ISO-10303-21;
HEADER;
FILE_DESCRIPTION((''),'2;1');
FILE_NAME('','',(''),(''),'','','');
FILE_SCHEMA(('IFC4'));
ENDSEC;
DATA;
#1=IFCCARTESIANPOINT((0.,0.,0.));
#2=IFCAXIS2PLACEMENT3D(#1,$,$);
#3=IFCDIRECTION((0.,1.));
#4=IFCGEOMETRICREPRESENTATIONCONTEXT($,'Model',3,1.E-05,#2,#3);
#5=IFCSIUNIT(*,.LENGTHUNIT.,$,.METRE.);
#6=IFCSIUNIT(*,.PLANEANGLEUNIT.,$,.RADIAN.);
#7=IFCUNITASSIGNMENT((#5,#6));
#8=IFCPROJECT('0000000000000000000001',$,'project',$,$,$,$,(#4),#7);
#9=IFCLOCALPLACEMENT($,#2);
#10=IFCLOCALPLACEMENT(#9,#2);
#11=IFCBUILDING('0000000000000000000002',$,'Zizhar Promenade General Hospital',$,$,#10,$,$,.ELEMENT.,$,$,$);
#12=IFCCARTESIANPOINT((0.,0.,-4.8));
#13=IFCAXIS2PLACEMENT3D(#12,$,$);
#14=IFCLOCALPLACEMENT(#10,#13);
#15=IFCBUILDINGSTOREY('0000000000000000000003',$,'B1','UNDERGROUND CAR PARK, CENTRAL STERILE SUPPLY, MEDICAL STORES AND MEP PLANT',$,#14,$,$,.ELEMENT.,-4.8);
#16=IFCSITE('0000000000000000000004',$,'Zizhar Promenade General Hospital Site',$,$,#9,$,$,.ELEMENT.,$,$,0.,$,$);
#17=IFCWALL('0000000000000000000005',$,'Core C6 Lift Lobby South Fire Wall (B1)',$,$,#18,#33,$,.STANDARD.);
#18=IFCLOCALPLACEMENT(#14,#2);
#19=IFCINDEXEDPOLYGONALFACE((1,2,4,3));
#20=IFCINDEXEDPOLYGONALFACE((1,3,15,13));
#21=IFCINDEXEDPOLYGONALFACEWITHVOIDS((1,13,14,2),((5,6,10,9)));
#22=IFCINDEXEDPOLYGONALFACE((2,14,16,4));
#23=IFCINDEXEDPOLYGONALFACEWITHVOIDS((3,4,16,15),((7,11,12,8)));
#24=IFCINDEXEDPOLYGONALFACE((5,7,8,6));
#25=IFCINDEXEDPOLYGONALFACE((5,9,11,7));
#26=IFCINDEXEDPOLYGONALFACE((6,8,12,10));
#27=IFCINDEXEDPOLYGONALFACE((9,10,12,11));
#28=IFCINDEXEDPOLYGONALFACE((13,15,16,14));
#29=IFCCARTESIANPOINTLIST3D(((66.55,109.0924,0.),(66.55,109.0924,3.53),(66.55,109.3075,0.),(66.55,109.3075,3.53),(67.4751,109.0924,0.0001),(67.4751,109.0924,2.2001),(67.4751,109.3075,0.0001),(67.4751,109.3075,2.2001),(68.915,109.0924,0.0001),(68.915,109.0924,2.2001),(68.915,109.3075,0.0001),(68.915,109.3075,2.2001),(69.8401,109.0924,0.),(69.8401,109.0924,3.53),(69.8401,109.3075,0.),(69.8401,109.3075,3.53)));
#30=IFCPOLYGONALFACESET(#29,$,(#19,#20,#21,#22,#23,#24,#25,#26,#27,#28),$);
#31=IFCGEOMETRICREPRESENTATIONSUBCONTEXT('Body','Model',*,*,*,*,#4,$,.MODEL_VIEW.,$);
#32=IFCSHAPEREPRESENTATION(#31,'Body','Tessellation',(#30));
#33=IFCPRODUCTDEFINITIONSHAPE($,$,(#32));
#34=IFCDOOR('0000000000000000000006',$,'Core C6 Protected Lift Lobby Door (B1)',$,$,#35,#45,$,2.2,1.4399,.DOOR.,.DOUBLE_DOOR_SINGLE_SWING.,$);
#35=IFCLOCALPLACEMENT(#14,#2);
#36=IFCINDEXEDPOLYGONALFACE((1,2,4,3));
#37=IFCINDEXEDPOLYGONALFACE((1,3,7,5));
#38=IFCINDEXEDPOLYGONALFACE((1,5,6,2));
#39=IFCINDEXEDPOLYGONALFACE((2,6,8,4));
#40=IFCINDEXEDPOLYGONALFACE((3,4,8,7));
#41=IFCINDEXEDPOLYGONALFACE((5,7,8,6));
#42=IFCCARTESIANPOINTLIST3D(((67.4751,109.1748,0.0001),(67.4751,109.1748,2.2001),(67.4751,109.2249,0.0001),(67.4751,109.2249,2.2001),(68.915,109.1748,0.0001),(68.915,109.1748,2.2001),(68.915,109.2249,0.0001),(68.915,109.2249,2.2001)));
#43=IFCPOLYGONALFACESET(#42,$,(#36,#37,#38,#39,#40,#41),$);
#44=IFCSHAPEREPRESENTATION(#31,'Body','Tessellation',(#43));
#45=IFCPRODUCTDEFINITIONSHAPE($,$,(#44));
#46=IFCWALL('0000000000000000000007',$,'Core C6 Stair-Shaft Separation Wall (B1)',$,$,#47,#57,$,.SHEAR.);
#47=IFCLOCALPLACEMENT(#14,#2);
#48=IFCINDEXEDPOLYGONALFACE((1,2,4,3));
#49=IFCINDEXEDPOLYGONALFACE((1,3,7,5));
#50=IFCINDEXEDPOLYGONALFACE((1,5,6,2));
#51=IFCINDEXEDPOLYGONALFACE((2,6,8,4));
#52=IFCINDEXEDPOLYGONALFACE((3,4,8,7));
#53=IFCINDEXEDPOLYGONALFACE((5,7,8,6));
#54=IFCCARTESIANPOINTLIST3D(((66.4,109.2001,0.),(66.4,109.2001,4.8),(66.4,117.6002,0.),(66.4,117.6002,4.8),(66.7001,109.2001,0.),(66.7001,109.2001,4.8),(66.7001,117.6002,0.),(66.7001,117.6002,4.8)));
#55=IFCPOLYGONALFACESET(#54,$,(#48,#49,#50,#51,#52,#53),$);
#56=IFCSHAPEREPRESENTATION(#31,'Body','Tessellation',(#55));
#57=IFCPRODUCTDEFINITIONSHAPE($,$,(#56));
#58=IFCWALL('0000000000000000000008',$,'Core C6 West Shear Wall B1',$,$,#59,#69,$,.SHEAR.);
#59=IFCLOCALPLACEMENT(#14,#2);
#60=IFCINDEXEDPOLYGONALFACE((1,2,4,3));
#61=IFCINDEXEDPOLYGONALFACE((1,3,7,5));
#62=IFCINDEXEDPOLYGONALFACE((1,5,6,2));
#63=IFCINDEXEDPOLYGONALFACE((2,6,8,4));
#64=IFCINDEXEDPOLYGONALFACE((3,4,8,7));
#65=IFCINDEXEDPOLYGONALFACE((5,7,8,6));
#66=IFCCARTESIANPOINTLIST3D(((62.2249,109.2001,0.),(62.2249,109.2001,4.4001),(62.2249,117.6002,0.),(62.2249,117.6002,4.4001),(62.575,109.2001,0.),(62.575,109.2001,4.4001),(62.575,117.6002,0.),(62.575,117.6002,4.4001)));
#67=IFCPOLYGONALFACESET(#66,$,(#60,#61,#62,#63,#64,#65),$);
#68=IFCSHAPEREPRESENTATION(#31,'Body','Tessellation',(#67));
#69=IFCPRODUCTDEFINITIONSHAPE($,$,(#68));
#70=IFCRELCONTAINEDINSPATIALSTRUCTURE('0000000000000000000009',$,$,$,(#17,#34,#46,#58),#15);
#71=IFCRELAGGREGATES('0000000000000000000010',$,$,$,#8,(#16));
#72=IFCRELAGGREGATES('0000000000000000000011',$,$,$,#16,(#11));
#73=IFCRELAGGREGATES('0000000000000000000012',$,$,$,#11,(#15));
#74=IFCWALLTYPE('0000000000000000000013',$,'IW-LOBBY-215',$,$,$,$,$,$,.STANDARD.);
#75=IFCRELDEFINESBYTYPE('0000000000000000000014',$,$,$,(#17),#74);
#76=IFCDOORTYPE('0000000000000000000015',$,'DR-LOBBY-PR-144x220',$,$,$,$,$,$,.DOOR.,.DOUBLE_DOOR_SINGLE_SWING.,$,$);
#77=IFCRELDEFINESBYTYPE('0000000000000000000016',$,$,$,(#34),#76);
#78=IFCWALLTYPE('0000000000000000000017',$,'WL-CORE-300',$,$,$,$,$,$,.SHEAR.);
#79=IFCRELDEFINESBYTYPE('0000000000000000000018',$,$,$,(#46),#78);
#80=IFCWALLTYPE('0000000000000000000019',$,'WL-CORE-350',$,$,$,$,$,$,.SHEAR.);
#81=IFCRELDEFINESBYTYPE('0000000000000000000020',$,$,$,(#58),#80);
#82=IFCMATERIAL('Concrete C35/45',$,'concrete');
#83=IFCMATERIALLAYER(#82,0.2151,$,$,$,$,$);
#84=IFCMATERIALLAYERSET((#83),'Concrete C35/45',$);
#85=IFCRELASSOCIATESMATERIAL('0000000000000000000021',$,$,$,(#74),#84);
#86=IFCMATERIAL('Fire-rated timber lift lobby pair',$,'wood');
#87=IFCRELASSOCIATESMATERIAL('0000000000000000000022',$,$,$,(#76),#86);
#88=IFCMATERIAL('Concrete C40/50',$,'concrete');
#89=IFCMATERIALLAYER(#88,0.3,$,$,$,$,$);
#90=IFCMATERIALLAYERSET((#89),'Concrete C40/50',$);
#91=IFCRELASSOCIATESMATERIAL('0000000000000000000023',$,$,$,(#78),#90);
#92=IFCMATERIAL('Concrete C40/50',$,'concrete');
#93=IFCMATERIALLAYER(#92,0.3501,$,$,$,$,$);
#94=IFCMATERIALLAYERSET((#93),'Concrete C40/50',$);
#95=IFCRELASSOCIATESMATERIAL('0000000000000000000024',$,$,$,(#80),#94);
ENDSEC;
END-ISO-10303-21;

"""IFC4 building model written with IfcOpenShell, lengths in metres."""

from ifc_helpers import new_model, si_unit, direction, frame, frame_2d, origin, place, context, subcontext, project, spatial, rectangle, extrude, material, layer, layer_set, type_object, element, fill, save


model = new_model("IFC4")

# Units and contexts
model_context = context("Model", 3, precision=1e-05, world=origin(), true_north=direction((0.0, 1.0)))
body_context = subcontext(model_context, "Body", "Model", "MODEL_VIEW")
ifc_project = project(units=[si_unit("LENGTHUNIT", "METRE"), si_unit("PLANEANGLEUNIT", "RADIAN")], contexts=[model_context])

# Site, building, storey
site_placement = place(None, origin())
site = spatial("IfcSite", under=ifc_project, at=site_placement, Name="Zizhar Promenade General Hospital Site", CompositionType="ELEMENT", RefElevation=0.0)
building_placement = place(site_placement, origin())
building = spatial("IfcBuilding", under=site, at=building_placement, Name="Zizhar Promenade General Hospital", CompositionType="ELEMENT")
storey_placement = place(building_placement, frame((0.0, 0.0, -4.8)))
storey = spatial("IfcBuildingStorey", under=building, at=storey_placement, Name="B1", Description="UNDERGROUND CAR PARK, CENTRAL STERILE SUPPLY, MEDICAL STORES AND MEP PLANT", CompositionType="ELEMENT", Elevation=-4.8)

# Wall, opening, door
ifc_material_1 = material(Name="Concrete C35/45", Category="concrete")
ifc_layer_1 = layer(ifc_material_1, 0.2151)
ifc_layer_set_1 = layer_set([ifc_layer_1], Name="Concrete C35/45")
wall_type_1 = type_object("IfcWallType", Name="IW-LOBBY-215", PredefinedType="STANDARD", material=ifc_layer_set_1)
wall_1_placement = place(storey_placement, frame((66.55, 109.2, 0.0), z_axis=(0.0, 0.0, 1.0), x_axis=(1.0, 0.0, 0.0)))
wall_1 = element("IfcWall", 1, at=wall_1_placement, inside=storey, type_object=wall_type_1, Name="Core C6 Lift Lobby South Fire Wall (B1)", PredefinedType="STANDARD", context=body_context, shape_type="SweptSolid", body=[
    extrude(rectangle(XDim=3.29, YDim=0.2151, at=frame_2d((1.645, 0.0))), origin(), (0.0, 0.0, 1.0), 3.53),
])
opening_1_placement = place(wall_1_placement, frame((0.925, 0.0, 0.0)))
opening_1 = element("IfcOpeningElement", 2, at=opening_1_placement, cuts=wall_1, PredefinedType="OPENING", context=body_context, shape_type="SweptSolid", body=[
    extrude(rectangle(XDim=1.4399, YDim=2.2, at=frame_2d((0.72, 1.1001))), frame((0.0, 0.1177, 0.0), z_axis=(0.0, -1.0, 0.0), x_axis=(1.0, 0.0, 0.0)), (0.0, 0.0, 1.0), 0.2351),
])
ifc_material_2 = material(Name="Fire-rated timber lift lobby pair", Category="wood")
door_type_1 = type_object("IfcDoorType", Name="DR-LOBBY-PR-144x220", OperationType="DOUBLE_DOOR_SINGLE_SWING", PredefinedType="DOOR", material=ifc_material_2)
door_1_placement = place(opening_1_placement, origin())
door_1 = element("IfcDoor", 3, at=door_1_placement, inside=storey, type_object=door_type_1, Name="Core C6 Protected Lift Lobby Door (B1)", OperationType="DOUBLE_DOOR_SINGLE_SWING", OverallHeight=2.2, OverallWidth=1.4399, PredefinedType="DOOR", context=body_context, shape_type="SweptSolid", body=[
    extrude(rectangle(XDim=1.4399, YDim=2.2, at=frame_2d((0.72, 1.1001))), frame((0.0, 0.0249, 0.0), z_axis=(0.0, -1.0, 0.0), x_axis=(1.0, 0.0, 0.0)), (0.0, 0.0, 1.0), 0.05),
])
fill(opening_1, door_1)
ifc_material_3 = material(Name="Concrete C40/50", Category="concrete")
ifc_layer_2 = layer(ifc_material_3, 0.3)
ifc_layer_set_2 = layer_set([ifc_layer_2], Name="Concrete C40/50")
wall_type_2 = type_object("IfcWallType", Name="WL-CORE-300", PredefinedType="SHEAR", material=ifc_layer_set_2)

# Walls
wall_2_placement = place(storey_placement, frame((66.55, 109.2, 0.0), z_axis=(0.0, 0.0, 1.0), x_axis=(0.0, 1.0, 0.0)))
element("IfcWall", 4, at=wall_2_placement, inside=storey, type_object=wall_type_2, Name="Core C6 Stair-Shaft Separation Wall (B1)", PredefinedType="SHEAR", context=body_context, shape_type="SweptSolid", body=[
    extrude(rectangle(XDim=8.4001, YDim=0.3, at=frame_2d((4.2002, 0.0))), origin(), (0.0, 0.0, 1.0), 4.8),
])
ifc_material_4 = material(Name="Concrete C40/50", Category="concrete")
ifc_layer_3 = layer(ifc_material_4, 0.3501)
ifc_layer_set_3 = layer_set([ifc_layer_3], Name="Concrete C40/50")
wall_type_3 = type_object("IfcWallType", Name="WL-CORE-350", PredefinedType="SHEAR", material=ifc_layer_set_3)
wall_3_placement = place(storey_placement, frame((62.3999, 109.2, 0.0), z_axis=(0.0, 0.0, 1.0), x_axis=(0.0, 1.0, 0.0)))
element("IfcWall", 5, at=wall_3_placement, inside=storey, type_object=wall_type_3, Name="Core C6 West Shear Wall B1", PredefinedType="SHEAR", context=body_context, shape_type="SweptSolid", body=[
    extrude(rectangle(XDim=8.4001, YDim=0.3501, at=frame_2d((4.2002, 0.0))), origin(), (0.0, 0.0, 1.0), 4.4001),
])

save(model, "model.ifc")
